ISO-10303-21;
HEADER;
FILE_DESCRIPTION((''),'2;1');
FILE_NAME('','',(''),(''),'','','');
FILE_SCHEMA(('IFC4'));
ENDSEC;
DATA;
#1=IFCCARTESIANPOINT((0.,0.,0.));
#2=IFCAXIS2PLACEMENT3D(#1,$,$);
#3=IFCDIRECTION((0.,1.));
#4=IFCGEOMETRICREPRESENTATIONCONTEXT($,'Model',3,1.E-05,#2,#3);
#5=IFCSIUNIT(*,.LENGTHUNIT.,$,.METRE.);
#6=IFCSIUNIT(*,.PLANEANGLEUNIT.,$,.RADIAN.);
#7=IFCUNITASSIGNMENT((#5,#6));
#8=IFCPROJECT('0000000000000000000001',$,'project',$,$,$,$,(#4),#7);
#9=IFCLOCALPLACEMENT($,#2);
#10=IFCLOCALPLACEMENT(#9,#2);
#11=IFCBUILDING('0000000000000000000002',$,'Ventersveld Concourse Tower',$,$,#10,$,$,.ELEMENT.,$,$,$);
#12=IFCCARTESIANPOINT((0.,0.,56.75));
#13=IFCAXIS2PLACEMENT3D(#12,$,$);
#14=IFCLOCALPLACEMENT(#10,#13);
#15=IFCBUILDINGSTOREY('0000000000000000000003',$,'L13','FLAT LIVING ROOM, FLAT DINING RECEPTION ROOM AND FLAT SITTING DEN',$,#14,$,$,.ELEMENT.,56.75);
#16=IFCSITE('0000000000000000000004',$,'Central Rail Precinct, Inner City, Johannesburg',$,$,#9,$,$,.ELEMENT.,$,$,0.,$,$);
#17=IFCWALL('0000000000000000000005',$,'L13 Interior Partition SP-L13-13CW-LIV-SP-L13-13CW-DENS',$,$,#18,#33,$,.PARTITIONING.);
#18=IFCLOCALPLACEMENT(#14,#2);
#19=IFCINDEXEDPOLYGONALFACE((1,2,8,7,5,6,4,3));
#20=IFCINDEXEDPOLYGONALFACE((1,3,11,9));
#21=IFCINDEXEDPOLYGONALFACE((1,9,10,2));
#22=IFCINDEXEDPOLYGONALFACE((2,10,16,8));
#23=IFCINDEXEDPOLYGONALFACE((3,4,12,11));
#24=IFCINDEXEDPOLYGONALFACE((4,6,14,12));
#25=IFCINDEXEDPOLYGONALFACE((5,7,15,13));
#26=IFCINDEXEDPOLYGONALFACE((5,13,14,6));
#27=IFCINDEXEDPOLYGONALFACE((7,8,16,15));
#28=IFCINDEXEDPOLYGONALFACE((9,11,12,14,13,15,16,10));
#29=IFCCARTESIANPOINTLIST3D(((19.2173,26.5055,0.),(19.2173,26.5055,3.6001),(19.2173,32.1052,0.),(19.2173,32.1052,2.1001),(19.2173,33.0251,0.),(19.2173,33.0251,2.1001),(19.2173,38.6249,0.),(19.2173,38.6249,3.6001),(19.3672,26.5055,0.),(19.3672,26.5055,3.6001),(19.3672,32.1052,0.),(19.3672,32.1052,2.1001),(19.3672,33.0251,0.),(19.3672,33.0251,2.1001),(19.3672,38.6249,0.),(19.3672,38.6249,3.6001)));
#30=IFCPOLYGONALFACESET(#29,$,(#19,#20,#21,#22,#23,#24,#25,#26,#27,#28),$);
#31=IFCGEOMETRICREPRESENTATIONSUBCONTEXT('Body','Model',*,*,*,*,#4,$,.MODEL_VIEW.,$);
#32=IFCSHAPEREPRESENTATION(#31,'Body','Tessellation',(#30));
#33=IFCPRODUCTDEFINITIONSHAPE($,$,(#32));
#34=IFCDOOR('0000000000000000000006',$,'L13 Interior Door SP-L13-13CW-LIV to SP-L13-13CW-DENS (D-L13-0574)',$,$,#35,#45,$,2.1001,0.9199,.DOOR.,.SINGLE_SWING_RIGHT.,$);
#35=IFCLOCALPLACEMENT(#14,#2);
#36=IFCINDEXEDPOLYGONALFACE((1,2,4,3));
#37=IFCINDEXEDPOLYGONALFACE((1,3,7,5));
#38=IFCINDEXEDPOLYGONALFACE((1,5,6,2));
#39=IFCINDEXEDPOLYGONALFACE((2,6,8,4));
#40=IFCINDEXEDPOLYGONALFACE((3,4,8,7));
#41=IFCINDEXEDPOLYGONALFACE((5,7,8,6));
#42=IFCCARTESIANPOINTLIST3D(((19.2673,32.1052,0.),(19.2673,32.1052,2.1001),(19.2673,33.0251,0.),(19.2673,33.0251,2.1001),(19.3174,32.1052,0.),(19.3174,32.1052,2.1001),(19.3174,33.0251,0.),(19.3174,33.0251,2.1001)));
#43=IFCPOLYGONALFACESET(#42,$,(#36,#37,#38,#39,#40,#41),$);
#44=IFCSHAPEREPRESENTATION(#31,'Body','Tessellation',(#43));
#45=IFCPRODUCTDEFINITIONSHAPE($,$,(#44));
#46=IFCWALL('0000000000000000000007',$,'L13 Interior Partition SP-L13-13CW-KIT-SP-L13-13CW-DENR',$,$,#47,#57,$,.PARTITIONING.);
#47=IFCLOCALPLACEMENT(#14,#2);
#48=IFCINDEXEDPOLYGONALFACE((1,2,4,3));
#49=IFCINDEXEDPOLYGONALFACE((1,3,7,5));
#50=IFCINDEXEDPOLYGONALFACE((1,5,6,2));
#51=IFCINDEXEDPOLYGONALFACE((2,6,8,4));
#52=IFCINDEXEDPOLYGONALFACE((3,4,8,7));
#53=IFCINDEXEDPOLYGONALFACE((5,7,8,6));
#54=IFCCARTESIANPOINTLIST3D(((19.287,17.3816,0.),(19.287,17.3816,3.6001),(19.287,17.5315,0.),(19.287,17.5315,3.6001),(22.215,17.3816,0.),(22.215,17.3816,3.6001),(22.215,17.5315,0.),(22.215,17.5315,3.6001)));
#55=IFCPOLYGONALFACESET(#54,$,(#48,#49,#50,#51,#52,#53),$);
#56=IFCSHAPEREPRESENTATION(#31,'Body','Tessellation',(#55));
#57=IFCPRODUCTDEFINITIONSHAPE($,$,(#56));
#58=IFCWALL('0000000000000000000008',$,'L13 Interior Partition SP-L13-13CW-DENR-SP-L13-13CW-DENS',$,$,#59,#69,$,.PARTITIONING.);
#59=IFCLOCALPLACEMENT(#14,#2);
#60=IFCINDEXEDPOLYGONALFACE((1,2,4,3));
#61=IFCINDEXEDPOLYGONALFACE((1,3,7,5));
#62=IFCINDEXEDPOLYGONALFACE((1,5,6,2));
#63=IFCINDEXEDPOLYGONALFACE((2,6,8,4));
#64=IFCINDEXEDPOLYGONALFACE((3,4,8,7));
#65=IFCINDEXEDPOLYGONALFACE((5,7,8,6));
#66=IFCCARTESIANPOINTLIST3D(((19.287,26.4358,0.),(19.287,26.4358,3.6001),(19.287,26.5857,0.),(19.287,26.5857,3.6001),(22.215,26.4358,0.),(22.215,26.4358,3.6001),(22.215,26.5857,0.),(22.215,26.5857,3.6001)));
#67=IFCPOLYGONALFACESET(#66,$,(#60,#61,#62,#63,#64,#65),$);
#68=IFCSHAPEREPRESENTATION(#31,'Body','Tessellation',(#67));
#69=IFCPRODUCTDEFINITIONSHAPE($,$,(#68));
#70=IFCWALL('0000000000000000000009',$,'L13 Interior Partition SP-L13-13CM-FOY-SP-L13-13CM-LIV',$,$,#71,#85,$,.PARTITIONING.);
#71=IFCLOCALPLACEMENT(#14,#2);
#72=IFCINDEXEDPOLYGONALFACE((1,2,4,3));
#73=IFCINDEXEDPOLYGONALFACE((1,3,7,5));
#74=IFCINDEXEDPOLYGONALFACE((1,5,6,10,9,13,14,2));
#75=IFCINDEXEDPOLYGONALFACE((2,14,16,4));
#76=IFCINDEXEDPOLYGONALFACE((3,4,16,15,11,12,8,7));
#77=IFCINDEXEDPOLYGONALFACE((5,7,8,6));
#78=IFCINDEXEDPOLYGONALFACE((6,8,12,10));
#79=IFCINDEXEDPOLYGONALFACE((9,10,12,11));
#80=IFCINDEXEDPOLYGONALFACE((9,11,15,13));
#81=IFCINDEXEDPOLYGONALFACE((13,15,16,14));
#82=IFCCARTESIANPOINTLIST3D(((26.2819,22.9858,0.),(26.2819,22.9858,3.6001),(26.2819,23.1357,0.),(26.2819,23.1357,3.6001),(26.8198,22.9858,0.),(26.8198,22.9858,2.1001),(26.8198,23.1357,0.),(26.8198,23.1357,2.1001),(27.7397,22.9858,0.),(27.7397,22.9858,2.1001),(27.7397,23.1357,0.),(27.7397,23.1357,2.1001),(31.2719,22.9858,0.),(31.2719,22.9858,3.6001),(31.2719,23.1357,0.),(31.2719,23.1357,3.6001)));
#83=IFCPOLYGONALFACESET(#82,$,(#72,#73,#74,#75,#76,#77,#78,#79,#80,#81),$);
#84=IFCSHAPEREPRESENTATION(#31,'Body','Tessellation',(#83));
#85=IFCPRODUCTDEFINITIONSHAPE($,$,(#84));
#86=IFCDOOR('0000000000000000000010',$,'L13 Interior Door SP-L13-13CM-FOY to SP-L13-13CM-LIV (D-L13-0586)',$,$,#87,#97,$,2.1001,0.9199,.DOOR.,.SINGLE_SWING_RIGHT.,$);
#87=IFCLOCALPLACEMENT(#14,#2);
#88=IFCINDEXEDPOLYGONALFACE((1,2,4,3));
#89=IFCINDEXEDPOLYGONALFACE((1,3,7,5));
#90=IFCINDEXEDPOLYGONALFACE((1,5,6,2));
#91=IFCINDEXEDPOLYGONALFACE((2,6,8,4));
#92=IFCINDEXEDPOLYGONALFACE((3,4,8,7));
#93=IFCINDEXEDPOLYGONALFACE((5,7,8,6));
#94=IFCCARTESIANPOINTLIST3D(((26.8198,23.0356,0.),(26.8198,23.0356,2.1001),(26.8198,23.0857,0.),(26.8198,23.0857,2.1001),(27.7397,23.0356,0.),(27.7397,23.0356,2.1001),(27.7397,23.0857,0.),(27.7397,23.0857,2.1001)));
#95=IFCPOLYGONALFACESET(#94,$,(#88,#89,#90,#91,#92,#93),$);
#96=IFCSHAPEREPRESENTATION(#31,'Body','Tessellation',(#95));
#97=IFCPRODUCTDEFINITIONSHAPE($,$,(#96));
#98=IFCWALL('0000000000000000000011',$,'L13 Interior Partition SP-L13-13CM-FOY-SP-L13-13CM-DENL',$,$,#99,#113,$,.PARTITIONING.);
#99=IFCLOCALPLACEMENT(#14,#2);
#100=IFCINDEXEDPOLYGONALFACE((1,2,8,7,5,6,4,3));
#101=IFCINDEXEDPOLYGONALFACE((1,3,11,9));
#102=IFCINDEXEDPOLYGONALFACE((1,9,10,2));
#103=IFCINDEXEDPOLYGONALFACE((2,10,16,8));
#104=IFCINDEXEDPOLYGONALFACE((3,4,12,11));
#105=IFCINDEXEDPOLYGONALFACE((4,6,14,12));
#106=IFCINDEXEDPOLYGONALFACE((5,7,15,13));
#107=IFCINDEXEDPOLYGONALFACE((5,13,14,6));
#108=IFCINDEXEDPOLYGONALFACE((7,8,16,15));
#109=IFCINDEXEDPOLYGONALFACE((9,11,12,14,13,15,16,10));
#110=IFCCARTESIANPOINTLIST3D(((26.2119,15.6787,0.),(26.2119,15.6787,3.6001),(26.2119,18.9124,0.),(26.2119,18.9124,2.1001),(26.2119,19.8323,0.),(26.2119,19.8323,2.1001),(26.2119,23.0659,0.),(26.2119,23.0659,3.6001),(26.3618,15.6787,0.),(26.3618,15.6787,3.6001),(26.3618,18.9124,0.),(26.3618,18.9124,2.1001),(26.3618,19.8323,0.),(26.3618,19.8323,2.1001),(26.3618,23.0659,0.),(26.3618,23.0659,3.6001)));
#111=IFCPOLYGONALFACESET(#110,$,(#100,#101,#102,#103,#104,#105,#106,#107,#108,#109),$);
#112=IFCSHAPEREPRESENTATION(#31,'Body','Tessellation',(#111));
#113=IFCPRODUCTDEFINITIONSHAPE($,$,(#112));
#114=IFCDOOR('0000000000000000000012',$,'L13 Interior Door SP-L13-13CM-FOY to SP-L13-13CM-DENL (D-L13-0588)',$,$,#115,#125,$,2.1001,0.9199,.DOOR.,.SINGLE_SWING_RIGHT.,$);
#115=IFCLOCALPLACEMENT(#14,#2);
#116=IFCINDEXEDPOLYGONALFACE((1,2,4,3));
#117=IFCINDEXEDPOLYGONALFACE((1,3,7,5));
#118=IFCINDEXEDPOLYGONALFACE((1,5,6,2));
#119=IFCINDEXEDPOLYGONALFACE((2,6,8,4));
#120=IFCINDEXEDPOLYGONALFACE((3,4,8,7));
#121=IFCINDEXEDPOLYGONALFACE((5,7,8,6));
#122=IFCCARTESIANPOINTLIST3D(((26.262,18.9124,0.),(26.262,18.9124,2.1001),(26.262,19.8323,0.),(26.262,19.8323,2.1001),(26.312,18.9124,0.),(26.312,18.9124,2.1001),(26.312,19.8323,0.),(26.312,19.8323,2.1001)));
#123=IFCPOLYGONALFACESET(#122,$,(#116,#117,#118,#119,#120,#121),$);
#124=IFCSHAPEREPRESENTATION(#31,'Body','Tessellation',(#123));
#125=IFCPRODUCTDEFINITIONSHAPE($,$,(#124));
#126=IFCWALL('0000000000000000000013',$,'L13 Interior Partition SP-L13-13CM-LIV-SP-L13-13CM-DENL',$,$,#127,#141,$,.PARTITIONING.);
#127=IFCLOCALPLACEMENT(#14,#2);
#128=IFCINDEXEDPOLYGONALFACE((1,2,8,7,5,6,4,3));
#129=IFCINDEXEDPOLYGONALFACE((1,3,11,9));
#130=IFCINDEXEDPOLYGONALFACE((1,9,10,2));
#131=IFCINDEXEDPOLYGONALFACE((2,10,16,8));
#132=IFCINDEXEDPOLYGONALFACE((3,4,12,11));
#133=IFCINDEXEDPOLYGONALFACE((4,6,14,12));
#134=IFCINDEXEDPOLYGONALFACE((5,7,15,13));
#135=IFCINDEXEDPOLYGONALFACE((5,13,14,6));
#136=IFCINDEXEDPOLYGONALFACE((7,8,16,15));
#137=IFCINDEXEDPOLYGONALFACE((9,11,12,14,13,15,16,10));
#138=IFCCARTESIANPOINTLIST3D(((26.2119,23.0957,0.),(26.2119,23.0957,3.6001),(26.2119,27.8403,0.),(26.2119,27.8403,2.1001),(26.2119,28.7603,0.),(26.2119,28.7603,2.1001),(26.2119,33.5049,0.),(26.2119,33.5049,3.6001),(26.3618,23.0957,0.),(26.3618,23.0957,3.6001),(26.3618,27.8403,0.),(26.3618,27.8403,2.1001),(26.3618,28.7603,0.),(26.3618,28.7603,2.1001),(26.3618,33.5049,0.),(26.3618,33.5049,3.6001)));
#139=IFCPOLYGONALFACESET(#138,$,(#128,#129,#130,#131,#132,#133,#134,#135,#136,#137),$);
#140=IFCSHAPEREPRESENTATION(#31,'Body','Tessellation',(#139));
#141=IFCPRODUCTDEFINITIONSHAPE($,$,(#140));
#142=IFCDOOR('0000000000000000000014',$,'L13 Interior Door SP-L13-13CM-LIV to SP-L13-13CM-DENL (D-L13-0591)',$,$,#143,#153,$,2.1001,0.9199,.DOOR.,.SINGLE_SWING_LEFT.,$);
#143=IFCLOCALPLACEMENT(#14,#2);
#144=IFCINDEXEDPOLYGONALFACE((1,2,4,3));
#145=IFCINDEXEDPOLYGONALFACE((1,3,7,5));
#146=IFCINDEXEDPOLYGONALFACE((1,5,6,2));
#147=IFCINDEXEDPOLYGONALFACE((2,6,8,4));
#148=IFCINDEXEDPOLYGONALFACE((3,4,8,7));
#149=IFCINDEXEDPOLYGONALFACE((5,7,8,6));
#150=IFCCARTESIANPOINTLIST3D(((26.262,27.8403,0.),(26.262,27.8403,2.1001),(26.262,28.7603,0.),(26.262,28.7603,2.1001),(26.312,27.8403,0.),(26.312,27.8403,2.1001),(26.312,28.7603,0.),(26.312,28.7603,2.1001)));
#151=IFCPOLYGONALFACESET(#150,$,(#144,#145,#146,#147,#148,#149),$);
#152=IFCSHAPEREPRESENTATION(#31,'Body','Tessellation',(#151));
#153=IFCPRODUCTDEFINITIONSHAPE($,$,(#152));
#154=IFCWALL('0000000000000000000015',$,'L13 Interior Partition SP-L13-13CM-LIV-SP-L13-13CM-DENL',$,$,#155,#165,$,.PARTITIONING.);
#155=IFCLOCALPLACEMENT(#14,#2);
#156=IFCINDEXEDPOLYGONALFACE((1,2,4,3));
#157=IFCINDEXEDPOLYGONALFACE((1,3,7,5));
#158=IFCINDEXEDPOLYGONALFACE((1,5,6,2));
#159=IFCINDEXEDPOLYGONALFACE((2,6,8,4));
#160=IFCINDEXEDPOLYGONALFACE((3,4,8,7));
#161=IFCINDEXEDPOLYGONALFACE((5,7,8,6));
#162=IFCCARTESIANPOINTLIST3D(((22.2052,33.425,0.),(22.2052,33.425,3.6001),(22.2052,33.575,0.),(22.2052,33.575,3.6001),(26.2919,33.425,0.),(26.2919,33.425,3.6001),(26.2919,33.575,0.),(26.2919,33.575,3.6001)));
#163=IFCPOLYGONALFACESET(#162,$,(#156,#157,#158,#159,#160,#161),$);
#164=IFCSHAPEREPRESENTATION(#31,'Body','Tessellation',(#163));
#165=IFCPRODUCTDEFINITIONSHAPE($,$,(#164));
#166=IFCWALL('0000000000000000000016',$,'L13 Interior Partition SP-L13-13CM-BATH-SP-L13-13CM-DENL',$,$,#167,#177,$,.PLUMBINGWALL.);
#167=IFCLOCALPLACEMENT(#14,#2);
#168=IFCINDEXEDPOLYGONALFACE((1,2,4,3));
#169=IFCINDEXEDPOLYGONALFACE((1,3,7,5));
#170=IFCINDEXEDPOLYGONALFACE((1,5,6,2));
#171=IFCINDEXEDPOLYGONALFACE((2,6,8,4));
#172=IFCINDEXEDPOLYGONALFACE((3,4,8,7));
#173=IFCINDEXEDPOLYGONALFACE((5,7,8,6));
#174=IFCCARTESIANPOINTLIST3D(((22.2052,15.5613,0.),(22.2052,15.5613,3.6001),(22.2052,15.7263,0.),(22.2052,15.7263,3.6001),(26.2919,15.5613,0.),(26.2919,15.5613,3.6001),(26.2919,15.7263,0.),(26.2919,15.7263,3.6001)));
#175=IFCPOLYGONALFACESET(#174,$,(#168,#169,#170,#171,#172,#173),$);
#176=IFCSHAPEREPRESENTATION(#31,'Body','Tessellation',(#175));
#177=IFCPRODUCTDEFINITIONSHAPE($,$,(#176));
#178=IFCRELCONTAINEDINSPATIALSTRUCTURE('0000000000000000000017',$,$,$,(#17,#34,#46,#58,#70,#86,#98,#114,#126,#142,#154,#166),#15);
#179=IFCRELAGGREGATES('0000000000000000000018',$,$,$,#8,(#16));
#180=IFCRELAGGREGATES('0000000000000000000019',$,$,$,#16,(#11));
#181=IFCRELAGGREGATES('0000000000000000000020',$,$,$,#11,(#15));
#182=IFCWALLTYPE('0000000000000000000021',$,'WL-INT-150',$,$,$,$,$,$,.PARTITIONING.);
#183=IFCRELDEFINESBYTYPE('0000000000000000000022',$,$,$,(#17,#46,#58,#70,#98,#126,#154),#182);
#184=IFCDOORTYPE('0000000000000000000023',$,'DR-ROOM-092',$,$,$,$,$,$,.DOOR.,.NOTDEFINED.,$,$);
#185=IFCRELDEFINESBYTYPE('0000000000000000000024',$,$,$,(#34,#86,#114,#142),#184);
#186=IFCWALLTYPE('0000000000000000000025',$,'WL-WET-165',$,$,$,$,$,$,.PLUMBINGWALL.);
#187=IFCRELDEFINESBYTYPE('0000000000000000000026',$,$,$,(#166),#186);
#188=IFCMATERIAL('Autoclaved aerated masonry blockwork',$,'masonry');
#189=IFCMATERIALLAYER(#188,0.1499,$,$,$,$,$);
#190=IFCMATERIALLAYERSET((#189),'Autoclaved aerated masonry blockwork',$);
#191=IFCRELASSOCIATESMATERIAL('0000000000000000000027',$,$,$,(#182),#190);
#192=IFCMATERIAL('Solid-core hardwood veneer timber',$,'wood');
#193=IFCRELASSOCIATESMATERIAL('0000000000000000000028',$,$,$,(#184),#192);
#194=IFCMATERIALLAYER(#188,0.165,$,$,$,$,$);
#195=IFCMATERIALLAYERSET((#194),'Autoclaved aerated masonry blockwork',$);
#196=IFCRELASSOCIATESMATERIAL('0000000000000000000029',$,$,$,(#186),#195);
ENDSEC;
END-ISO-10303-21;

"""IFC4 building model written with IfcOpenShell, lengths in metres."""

from ifc_helpers import new_model, si_unit, direction, frame, frame_2d, origin, place, context, subcontext, project, spatial, rectangle, extrude, material, layer, layer_set, type_object, element, fill, save


model = new_model("IFC4")

# Units and contexts
model_context = context("Model", 3, precision=1e-05, world=origin(), true_north=direction((0.0, 1.0)))
body_context = subcontext(model_context, "Body", "Model", "MODEL_VIEW")
ifc_project = project(units=[si_unit("LENGTHUNIT", "METRE"), si_unit("PLANEANGLEUNIT", "RADIAN")], contexts=[model_context])

# Site, building, storey
site_placement = place(None, origin())
site = spatial("IfcSite", under=ifc_project, at=site_placement, Name="Central Rail Precinct, Inner City, Johannesburg", CompositionType="ELEMENT", RefElevation=0.0)
building_placement = place(site_placement, origin())
building = spatial("IfcBuilding", under=site, at=building_placement, Name="Ventersveld Concourse Tower", CompositionType="ELEMENT")
storey_placement = place(building_placement, frame((0.0, 0.0, 56.75)))
storey = spatial("IfcBuildingStorey", under=building, at=storey_placement, Name="L13", Description="FLAT LIVING ROOM, FLAT DINING RECEPTION ROOM AND FLAT SITTING DEN", CompositionType="ELEMENT", Elevation=56.75)

# Wall, opening, door
ifc_material_1 = material(Name="Autoclaved aerated masonry blockwork", Category="masonry")
ifc_layer_1 = layer(ifc_material_1, 0.1499)
ifc_layer_set_1 = layer_set([ifc_layer_1], Name="Autoclaved aerated masonry blockwork")
wall_type_1 = type_object("IfcWallType", Name="WL-INT-150", PredefinedType="PARTITIONING", material=ifc_layer_set_1)
ifc_material_2 = material(Name="Solid-core hardwood veneer timber", Category="wood")
door_type = type_object("IfcDoorType", Name="DR-ROOM-092", OperationType="NOTDEFINED", PredefinedType="DOOR", material=ifc_material_2)
wall_1_placement = place(storey_placement, frame((19.2922, 26.5056, 0.0), z_axis=(0.0, 0.0, 1.0), x_axis=(0.0, 1.0, 0.0)))
wall_1 = element("IfcWall", 1, at=wall_1_placement, inside=storey, type_object=wall_type_1, Name="L13 Interior Partition SP-L13-13CW-LIV-SP-L13-13CW-DENS", PredefinedType="PARTITIONING", context=body_context, shape_type="SweptSolid", body=[
    extrude(rectangle(XDim=12.1194, YDim=0.1499, at=frame_2d((6.0596, 0.0))), origin(), (0.0, 0.0, 1.0), 3.6001),
])
opening_1_placement = place(wall_1_placement, frame((5.5996, 0.0, 0.0)))
opening_1 = element("IfcOpeningElement", 2, at=opening_1_placement, cuts=wall_1, PredefinedType="OPENING", context=body_context, shape_type="SweptSolid", body=[
    extrude(rectangle(XDim=0.9199, YDim=2.1001, at=frame_2d((0.46, 1.05))), frame((0.0, 0.085, 0.0), z_axis=(0.0, -1.0, 0.0), x_axis=(1.0, 0.0, 0.0)), (0.0, 0.0, 1.0), 0.1699),
])
door_1_placement = place(opening_1_placement, origin())
door_1 = element("IfcDoor", 3, at=door_1_placement, inside=storey, type_object=door_type, Name="L13 Interior Door SP-L13-13CW-LIV to SP-L13-13CW-DENS (D-L13-0574)", OperationType="SINGLE_SWING_RIGHT", OverallHeight=2.1001, OverallWidth=0.9199, PredefinedType="DOOR", context=body_context, shape_type="SweptSolid", body=[
    extrude(rectangle(XDim=0.9199, YDim=2.1001, at=frame_2d((0.46, 1.05))), frame((0.0, 0.0249, 0.0), z_axis=(0.0, -1.0, 0.0), x_axis=(1.0, 0.0, 0.0)), (0.0, 0.0, 1.0), 0.05),
])
fill(opening_1, door_1)

# Walls
for number, where, z_axis, x_axis, name in (
    (4, (19.2871, 17.4565, 0.0), (0.0, 0.0, 1.0), (1.0, 0.0, 0.0), "L13 Interior Partition SP-L13-13CW-KIT-SP-L13-13CW-DENR"),
    (5, (19.2871, 26.5107, 0.0), (0.0, 0.0, 1.0), (1.0, 0.0, 0.0), "L13 Interior Partition SP-L13-13CW-DENR-SP-L13-13CW-DENS"),
):
    element("IfcWall", number, at=place(storey_placement, frame(where, z_axis=z_axis, x_axis=x_axis)), inside=storey, type_object=wall_type_1, Name=name, PredefinedType="PARTITIONING", context=body_context, shape_type="SweptSolid", body=[
        extrude(rectangle(XDim=2.928, YDim=0.1499, at=frame_2d((1.4639, 0.0))), origin(), (0.0, 0.0, 1.0), 3.6001),
    ])

# Walls, openings, doors
wall_2_placement = place(storey_placement, frame((26.2817, 23.0608, 0.0), z_axis=(0.0, 0.0, 1.0), x_axis=(1.0, 0.0, 0.0)))
wall_2 = element("IfcWall", 6, at=wall_2_placement, inside=storey, type_object=wall_type_1, Name="L13 Interior Partition SP-L13-13CM-FOY-SP-L13-13CM-LIV", PredefinedType="PARTITIONING", context=body_context, shape_type="SweptSolid", body=[
    extrude(rectangle(XDim=4.99, YDim=0.1499, at=frame_2d((2.4951, 0.0))), origin(), (0.0, 0.0, 1.0), 3.6001),
])
opening_2_placement = place(wall_2_placement, frame((0.5381, 0.0, 0.0)))
opening_2 = element("IfcOpeningElement", 7, at=opening_2_placement, cuts=wall_2, PredefinedType="OPENING", context=body_context, shape_type="SweptSolid", body=[
    extrude(rectangle(XDim=0.9199, YDim=2.1001, at=frame_2d((0.46, 1.05))), frame((0.0, 0.085, 0.0), z_axis=(0.0, -1.0, 0.0), x_axis=(1.0, 0.0, 0.0)), (0.0, 0.0, 1.0), 0.1699),
])
door_2_placement = place(opening_2_placement, origin())
door_2 = element("IfcDoor", 8, at=door_2_placement, inside=storey, type_object=door_type, Name="L13 Interior Door SP-L13-13CM-FOY to SP-L13-13CM-LIV (D-L13-0586)", OperationType="SINGLE_SWING_RIGHT", OverallHeight=2.1001, OverallWidth=0.9199, PredefinedType="DOOR", context=body_context, shape_type="SweptSolid", body=[
    extrude(rectangle(XDim=0.9199, YDim=2.1001, at=frame_2d((0.46, 1.05))), frame((0.0, 0.0249, 0.0), z_axis=(0.0, -1.0, 0.0), x_axis=(1.0, 0.0, 0.0)), (0.0, 0.0, 1.0), 0.05),
])
fill(opening_2, door_2)
wall_3_placement = place(storey_placement, frame((26.2869, 15.6787, 0.0), z_axis=(0.0, 0.0, 1.0), x_axis=(0.0, 1.0, 0.0)))
wall_3 = element("IfcWall", 9, at=wall_3_placement, inside=storey, type_object=wall_type_1, Name="L13 Interior Partition SP-L13-13CM-FOY-SP-L13-13CM-DENL", PredefinedType="PARTITIONING", context=body_context, shape_type="SweptSolid", body=[
    extrude(rectangle(XDim=7.3872, YDim=0.1499, at=frame_2d((3.6936, 0.0))), origin(), (0.0, 0.0, 1.0), 3.6001),
])
opening_3_placement = place(wall_3_placement, frame((3.2336, 0.0, 0.0)))
opening_3 = element("IfcOpeningElement", 10, at=opening_3_placement, cuts=wall_3, PredefinedType="OPENING", context=body_context, shape_type="SweptSolid", body=[
    extrude(rectangle(XDim=0.9199, YDim=2.1001, at=frame_2d((0.46, 1.05))), frame((0.0, 0.085, 0.0), z_axis=(0.0, -1.0, 0.0), x_axis=(1.0, 0.0, 0.0)), (0.0, 0.0, 1.0), 0.1699),
])
door_3_placement = place(opening_3_placement, origin())
door_3 = element("IfcDoor", 11, at=door_3_placement, inside=storey, type_object=door_type, Name="L13 Interior Door SP-L13-13CM-FOY to SP-L13-13CM-DENL (D-L13-0588)", OperationType="SINGLE_SWING_RIGHT", OverallHeight=2.1001, OverallWidth=0.9199, PredefinedType="DOOR", context=body_context, shape_type="SweptSolid", body=[
    extrude(rectangle(XDim=0.9199, YDim=2.1001, at=frame_2d((0.46, 1.05))), frame((0.0, 0.0249, 0.0), z_axis=(0.0, -1.0, 0.0), x_axis=(1.0, 0.0, 0.0)), (0.0, 0.0, 1.0), 0.05),
])
fill(opening_3, door_3)
wall_4_placement = place(storey_placement, frame((26.2869, 23.0957, 0.0), z_axis=(0.0, 0.0, 1.0), x_axis=(0.0, 1.0, 0.0)))
wall_4 = element("IfcWall", 12, at=wall_4_placement, inside=storey, type_object=wall_type_1, Name="L13 Interior Partition SP-L13-13CM-LIV-SP-L13-13CM-DENL", PredefinedType="PARTITIONING", context=body_context, shape_type="SweptSolid", body=[
    extrude(rectangle(XDim=10.4092, YDim=0.1499, at=frame_2d((5.2046, 0.0))), origin(), (0.0, 0.0, 1.0), 3.6001),
])
opening_4_placement = place(wall_4_placement, frame((4.7446, 0.0, 0.0)))
opening_4 = element("IfcOpeningElement", 13, at=opening_4_placement, cuts=wall_4, PredefinedType="OPENING", context=body_context, shape_type="SweptSolid", body=[
    extrude(rectangle(XDim=0.9199, YDim=2.1001, at=frame_2d((0.46, 1.05))), frame((0.0, 0.085, 0.0), z_axis=(0.0, -1.0, 0.0), x_axis=(1.0, 0.0, 0.0)), (0.0, 0.0, 1.0), 0.1699),
])
door_4_placement = place(opening_4_placement, origin())
door_4 = element("IfcDoor", 14, at=door_4_placement, inside=storey, type_object=door_type, Name="L13 Interior Door SP-L13-13CM-LIV to SP-L13-13CM-DENL (D-L13-0591)", OperationType="SINGLE_SWING_LEFT", OverallHeight=2.1001, OverallWidth=0.9199, PredefinedType="DOOR", context=body_context, shape_type="SweptSolid", body=[
    extrude(rectangle(XDim=0.9199, YDim=2.1001, at=frame_2d((0.46, 1.05))), frame((0.0, 0.0249, 0.0), z_axis=(0.0, -1.0, 0.0), x_axis=(1.0, 0.0, 0.0)), (0.0, 0.0, 1.0), 0.05),
])
fill(opening_4, door_4)

# Walls
wall_5_placement = place(storey_placement, frame((22.2051, 33.5, 0.0), z_axis=(0.0, 0.0, 1.0), x_axis=(1.0, 0.0, 0.0)))
element("IfcWall", 15, at=wall_5_placement, inside=storey, type_object=wall_type_1, Name="L13 Interior Partition SP-L13-13CM-LIV-SP-L13-13CM-DENL", PredefinedType="PARTITIONING", context=body_context, shape_type="SweptSolid", body=[
    extrude(rectangle(XDim=4.0867, YDim=0.1499, at=frame_2d((2.0435, 0.0))), origin(), (0.0, 0.0, 1.0), 3.6001),
])
ifc_layer_2 = layer(ifc_material_1, 0.165)
ifc_layer_set_2 = layer_set([ifc_layer_2], Name="Autoclaved aerated masonry blockwork")
wall_type_2 = type_object("IfcWallType", Name="WL-WET-165", PredefinedType="PLUMBINGWALL", material=ifc_layer_set_2)
wall_6_placement = place(storey_placement, frame((22.2051, 15.6438, 0.0), z_axis=(0.0, 0.0, 1.0), x_axis=(1.0, 0.0, 0.0)))
element("IfcWall", 16, at=wall_6_placement, inside=storey, type_object=wall_type_2, Name="L13 Interior Partition SP-L13-13CM-BATH-SP-L13-13CM-DENL", PredefinedType="PLUMBINGWALL", context=body_context, shape_type="SweptSolid", body=[
    extrude(rectangle(XDim=4.0867, YDim=0.165, at=frame_2d((2.0435, 0.0))), origin(), (0.0, 0.0, 1.0), 3.6001),
])

save(model, "model.ifc")
